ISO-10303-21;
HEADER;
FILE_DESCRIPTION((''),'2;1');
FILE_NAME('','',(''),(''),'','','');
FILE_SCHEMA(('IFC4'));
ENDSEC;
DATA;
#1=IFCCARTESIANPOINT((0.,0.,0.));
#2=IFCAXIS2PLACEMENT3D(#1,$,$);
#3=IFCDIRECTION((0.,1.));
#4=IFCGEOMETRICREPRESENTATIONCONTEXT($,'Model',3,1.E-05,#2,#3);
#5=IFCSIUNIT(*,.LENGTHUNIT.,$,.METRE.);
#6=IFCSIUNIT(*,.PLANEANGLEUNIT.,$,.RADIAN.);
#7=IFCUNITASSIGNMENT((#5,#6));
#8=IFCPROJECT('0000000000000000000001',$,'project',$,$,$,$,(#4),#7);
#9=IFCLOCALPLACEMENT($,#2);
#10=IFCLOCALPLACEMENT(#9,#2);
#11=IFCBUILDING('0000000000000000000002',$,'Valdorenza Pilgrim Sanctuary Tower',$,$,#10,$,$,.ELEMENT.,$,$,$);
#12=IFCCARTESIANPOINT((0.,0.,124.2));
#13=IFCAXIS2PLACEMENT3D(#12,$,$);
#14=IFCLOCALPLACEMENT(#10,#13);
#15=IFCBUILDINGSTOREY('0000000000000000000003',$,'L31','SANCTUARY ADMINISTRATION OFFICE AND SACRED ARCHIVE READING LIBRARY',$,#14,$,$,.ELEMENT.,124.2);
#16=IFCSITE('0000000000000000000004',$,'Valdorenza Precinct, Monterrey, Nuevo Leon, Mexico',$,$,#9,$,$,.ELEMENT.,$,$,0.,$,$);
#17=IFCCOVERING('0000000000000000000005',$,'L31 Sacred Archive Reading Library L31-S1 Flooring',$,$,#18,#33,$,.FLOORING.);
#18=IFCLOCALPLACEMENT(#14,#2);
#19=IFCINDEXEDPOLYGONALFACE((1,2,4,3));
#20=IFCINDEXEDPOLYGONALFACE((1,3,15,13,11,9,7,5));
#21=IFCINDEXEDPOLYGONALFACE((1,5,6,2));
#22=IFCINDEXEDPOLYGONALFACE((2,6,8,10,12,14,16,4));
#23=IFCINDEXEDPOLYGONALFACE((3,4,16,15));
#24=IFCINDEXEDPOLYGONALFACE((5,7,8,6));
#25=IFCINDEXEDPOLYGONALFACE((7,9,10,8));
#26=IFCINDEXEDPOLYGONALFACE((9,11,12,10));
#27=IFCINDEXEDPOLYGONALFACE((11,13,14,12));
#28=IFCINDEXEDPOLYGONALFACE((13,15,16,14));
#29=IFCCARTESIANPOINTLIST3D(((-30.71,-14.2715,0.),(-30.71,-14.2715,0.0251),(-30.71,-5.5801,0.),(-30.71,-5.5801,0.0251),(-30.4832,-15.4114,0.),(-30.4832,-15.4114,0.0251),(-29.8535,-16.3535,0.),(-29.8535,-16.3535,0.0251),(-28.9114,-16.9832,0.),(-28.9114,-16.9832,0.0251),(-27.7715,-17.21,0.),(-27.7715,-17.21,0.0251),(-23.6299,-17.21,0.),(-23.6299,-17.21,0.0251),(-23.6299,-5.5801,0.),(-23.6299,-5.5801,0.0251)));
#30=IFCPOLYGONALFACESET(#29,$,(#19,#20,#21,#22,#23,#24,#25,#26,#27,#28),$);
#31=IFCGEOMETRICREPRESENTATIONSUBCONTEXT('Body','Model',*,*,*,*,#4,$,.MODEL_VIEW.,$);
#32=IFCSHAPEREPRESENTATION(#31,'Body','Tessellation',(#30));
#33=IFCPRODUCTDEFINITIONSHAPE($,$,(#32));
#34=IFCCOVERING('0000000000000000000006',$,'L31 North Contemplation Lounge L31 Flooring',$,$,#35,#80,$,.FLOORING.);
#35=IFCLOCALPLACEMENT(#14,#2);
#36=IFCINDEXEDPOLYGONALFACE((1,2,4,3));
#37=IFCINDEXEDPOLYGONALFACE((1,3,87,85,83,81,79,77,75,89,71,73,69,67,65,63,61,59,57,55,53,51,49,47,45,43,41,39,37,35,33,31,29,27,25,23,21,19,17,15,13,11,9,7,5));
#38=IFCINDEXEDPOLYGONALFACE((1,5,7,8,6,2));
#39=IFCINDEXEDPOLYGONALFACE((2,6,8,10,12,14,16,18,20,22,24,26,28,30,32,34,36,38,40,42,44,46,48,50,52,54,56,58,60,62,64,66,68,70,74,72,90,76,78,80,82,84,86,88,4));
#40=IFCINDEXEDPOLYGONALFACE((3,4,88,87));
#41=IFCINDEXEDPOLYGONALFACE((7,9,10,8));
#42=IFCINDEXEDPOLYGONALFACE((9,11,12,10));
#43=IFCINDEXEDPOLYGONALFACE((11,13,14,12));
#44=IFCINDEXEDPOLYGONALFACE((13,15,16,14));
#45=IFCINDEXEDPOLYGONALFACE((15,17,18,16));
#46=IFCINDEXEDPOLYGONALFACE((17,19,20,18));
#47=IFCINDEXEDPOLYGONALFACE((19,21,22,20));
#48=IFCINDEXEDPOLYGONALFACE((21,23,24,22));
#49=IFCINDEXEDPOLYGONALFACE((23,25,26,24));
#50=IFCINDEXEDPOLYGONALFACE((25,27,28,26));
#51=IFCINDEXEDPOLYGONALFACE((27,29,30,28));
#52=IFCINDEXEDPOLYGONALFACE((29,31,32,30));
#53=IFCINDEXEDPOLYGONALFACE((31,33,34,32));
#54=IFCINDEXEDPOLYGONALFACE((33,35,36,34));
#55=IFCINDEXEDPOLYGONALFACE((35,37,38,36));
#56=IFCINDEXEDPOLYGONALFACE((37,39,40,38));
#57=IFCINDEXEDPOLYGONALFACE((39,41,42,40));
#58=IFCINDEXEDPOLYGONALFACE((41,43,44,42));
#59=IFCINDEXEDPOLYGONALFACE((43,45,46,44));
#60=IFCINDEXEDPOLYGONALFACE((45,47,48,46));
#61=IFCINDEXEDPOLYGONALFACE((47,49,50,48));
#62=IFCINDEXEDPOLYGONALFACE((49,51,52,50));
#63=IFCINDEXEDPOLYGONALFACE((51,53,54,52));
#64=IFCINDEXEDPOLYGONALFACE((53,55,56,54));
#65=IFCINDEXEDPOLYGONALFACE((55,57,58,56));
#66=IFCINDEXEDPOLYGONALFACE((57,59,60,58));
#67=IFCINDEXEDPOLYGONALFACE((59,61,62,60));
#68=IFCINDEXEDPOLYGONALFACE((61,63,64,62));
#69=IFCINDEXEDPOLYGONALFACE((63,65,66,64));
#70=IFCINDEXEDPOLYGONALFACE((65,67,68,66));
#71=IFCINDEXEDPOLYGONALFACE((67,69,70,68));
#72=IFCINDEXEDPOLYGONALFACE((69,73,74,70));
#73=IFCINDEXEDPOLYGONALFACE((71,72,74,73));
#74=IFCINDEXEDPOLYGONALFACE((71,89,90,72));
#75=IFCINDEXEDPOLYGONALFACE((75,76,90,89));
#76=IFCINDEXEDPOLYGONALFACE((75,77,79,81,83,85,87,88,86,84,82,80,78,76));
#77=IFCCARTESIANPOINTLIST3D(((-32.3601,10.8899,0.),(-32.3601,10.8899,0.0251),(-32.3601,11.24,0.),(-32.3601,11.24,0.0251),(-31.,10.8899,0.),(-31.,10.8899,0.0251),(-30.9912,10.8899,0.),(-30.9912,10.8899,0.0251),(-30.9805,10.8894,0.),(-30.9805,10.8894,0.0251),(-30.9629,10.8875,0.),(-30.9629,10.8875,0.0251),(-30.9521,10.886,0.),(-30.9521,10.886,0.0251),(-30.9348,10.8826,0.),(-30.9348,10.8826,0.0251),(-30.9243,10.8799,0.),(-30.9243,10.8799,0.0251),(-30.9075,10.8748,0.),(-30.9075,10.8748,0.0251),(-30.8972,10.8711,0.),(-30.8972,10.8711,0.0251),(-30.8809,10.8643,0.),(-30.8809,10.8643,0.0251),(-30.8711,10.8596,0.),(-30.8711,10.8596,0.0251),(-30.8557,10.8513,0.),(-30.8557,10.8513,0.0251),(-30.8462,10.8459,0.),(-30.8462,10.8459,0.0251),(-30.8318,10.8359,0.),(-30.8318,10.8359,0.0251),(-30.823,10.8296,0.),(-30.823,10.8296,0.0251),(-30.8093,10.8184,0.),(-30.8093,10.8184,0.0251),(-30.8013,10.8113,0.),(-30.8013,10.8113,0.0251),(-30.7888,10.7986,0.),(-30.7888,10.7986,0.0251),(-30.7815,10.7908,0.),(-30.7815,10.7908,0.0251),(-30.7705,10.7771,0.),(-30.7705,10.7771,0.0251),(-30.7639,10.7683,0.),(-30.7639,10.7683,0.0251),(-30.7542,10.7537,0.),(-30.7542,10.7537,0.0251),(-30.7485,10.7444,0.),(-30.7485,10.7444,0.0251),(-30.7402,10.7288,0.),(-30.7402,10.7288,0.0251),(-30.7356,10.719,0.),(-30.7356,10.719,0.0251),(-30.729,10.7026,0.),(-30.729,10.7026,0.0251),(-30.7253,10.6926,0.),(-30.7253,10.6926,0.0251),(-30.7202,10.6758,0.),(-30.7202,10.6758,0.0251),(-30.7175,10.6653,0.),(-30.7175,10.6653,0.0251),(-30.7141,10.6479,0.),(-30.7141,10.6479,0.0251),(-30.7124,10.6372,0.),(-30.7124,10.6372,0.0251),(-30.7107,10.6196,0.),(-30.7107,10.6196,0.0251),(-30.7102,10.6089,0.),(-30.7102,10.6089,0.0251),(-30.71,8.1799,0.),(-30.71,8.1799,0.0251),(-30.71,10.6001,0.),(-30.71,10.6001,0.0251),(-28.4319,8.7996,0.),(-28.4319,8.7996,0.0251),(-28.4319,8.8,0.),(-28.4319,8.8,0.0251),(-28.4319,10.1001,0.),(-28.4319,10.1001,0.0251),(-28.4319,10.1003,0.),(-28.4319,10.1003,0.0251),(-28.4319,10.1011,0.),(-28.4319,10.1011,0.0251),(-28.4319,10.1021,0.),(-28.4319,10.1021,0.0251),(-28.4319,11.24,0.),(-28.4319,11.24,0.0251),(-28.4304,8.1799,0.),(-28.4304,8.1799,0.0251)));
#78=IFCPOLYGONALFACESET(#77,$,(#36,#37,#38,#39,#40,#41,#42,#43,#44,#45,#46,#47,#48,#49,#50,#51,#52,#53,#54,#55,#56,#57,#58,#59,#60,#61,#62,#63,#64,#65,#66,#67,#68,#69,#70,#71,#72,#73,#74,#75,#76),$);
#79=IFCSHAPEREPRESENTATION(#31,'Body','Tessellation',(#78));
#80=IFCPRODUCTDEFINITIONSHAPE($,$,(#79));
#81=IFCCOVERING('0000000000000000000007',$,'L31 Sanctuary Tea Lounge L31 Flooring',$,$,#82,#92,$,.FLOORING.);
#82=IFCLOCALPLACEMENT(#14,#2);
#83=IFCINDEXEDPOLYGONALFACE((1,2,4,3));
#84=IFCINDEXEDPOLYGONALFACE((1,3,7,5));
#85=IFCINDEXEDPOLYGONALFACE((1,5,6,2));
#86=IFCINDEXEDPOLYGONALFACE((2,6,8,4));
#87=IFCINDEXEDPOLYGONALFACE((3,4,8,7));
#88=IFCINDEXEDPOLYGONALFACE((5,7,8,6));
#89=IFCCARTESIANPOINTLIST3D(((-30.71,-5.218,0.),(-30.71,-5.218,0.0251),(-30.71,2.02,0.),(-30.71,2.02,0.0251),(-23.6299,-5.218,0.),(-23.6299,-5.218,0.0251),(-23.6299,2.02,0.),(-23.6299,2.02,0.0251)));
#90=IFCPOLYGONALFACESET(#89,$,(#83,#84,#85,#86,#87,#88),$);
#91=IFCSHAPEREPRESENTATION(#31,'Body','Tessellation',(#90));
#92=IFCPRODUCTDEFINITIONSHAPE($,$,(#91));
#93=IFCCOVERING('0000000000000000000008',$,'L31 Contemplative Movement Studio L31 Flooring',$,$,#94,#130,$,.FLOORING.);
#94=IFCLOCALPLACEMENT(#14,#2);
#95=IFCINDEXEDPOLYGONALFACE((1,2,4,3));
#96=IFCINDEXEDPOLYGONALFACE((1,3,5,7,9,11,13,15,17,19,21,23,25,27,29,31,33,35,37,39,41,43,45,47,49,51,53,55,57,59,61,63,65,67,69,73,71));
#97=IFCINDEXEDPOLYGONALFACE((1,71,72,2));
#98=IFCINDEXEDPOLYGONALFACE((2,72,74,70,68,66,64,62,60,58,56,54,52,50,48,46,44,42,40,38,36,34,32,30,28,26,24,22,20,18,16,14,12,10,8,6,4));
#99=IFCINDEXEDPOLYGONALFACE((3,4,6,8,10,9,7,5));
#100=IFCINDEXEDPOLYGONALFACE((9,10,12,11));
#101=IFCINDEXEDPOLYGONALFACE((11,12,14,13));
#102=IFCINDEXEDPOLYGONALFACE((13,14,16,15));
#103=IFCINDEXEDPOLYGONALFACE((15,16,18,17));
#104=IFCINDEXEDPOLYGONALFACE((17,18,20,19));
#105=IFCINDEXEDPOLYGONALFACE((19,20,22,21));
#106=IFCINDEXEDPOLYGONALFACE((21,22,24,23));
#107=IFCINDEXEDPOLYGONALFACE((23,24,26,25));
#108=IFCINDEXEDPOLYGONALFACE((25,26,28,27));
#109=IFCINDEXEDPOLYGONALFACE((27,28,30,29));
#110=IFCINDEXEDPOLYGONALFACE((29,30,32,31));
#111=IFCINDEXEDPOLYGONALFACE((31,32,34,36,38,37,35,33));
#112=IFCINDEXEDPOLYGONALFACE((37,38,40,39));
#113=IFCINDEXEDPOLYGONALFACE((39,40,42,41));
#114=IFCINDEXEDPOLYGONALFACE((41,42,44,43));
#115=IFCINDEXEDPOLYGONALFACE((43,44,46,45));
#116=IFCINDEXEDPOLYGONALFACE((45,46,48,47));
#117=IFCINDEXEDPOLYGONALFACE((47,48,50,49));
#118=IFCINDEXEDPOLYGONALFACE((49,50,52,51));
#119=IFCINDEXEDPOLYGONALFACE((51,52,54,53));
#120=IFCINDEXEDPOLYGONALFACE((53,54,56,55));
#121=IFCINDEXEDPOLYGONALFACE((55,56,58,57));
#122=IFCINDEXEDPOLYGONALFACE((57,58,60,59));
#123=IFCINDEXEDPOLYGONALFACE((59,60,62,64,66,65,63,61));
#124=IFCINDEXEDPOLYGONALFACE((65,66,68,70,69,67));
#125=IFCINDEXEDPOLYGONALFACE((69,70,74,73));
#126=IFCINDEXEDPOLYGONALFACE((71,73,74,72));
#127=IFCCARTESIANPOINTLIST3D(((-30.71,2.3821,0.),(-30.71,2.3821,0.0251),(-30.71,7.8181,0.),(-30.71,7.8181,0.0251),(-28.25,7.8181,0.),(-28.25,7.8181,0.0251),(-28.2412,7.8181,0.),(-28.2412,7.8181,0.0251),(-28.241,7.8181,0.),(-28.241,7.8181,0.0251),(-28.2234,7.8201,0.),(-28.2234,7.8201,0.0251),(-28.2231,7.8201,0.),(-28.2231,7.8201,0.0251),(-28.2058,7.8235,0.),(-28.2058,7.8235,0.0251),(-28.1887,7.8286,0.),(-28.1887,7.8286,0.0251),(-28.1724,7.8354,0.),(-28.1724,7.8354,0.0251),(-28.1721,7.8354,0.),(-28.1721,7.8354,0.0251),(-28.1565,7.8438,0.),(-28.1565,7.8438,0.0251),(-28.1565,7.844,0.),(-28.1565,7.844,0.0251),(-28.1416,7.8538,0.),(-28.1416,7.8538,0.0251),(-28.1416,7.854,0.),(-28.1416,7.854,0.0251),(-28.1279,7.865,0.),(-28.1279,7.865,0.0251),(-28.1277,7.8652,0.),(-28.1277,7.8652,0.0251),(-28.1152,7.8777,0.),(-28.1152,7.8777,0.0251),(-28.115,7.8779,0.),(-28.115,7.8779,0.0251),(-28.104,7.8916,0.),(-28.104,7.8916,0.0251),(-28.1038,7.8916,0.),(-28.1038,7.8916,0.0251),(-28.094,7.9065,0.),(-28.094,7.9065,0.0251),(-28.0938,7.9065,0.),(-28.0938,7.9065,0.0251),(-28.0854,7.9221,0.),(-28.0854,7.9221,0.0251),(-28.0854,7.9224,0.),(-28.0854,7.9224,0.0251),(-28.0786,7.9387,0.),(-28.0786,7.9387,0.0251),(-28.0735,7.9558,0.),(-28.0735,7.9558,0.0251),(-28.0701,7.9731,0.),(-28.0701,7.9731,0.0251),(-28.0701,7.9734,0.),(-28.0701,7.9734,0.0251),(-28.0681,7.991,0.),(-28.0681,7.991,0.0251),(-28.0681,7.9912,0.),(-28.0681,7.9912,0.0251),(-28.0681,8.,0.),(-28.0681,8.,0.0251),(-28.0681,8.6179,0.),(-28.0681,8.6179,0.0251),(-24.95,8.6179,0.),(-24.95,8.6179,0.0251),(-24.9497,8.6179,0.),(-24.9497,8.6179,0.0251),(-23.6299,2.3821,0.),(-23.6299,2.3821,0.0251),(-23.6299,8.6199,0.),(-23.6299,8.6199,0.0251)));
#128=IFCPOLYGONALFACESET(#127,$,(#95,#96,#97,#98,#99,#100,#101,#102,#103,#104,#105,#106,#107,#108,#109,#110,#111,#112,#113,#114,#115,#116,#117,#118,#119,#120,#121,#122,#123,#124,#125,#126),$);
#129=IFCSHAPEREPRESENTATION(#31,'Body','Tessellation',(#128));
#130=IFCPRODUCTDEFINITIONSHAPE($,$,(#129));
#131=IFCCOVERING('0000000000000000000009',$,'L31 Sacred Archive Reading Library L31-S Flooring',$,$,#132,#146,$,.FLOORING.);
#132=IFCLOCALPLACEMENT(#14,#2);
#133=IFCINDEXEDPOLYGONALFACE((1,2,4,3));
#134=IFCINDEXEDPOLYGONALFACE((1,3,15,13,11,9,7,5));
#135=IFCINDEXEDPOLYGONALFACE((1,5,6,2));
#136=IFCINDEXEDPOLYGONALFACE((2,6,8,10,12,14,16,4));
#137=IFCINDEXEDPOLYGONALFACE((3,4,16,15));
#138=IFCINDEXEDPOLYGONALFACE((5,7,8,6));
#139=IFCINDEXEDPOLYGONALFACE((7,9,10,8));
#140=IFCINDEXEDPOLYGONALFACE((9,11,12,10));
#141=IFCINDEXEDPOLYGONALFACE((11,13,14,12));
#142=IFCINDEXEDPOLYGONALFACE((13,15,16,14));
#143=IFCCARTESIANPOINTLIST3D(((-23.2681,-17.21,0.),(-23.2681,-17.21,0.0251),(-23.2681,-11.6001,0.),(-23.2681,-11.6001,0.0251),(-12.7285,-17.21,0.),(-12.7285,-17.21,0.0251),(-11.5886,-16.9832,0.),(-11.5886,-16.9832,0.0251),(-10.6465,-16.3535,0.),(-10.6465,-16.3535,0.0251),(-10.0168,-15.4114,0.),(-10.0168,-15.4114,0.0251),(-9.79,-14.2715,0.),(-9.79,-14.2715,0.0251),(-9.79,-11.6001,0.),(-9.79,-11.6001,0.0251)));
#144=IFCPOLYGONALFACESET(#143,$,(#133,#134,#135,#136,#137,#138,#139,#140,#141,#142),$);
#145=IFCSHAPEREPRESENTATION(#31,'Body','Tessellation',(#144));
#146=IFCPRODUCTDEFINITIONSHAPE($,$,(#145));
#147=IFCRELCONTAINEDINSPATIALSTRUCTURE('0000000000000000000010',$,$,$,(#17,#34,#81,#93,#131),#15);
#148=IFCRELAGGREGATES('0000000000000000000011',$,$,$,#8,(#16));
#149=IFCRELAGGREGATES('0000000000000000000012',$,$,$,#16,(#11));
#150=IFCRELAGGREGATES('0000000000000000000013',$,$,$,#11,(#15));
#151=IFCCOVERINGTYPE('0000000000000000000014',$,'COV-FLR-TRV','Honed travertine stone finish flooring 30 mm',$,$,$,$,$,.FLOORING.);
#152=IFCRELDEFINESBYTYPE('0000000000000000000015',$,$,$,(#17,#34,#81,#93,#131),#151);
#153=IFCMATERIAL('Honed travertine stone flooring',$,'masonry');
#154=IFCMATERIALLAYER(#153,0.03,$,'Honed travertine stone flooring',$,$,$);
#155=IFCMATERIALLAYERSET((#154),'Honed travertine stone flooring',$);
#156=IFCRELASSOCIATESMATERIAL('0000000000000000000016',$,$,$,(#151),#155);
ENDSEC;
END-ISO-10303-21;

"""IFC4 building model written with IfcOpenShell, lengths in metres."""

from ifc_helpers import new_model, si_unit, direction, frame, origin, place, context, subcontext, project, spatial, polyline, outline, extrude, material, layer, layer_set, type_object, element, save


model = new_model("IFC4")

# Units and contexts
model_context = context("Model", 3, precision=1e-05, world=origin(), true_north=direction((0.0, 1.0)))
body_context = subcontext(model_context, "Body", "Model", "MODEL_VIEW")
ifc_project = project(units=[si_unit("LENGTHUNIT", "METRE"), si_unit("PLANEANGLEUNIT", "RADIAN")], contexts=[model_context])

# Site, building, storey
site_placement = place(None, origin())
site = spatial("IfcSite", under=ifc_project, at=site_placement, Name="Valdorenza Precinct, Monterrey, Nuevo Leon, Mexico", CompositionType="ELEMENT", RefElevation=0.0)
building_placement = place(site_placement, origin())
building = spatial("IfcBuilding", under=site, at=building_placement, Name="Valdorenza Pilgrim Sanctuary Tower", CompositionType="ELEMENT")
storey_placement = place(building_placement, frame((0.0, 0.0, 124.2)))
storey = spatial("IfcBuildingStorey", under=building, at=storey_placement, Name="L31", Description="SANCTUARY ADMINISTRATION OFFICE AND SACRED ARCHIVE READING LIBRARY", CompositionType="ELEMENT", Elevation=124.2)

# Coverings
ifc_material_1 = material(Name="Honed travertine stone flooring", Category="masonry")
ifc_layer_1 = layer(ifc_material_1, 0.03, Name="Honed travertine stone flooring")
ifc_layer_set_1 = layer_set([ifc_layer_1], Name="Honed travertine stone flooring")
covering_type_1 = type_object("IfcCoveringType", Name="COV-FLR-TRV", Description="Honed travertine stone finish flooring 30 mm", PredefinedType="FLOORING", material=ifc_layer_set_1)
covering_1_placement = place(storey_placement, origin())
element("IfcCovering", 1, at=covering_1_placement, inside=storey, type_object=covering_type_1, Name="L31 Sacred Archive Reading Library L31-S1 Flooring", PredefinedType="FLOORING", context=body_context, shape_type="SweptSolid", body=[
    extrude(outline(polyline([(-23.6299, -17.21), (-27.7715, -17.21), (-28.9114, -16.9832), (-29.8535, -16.3535), (-30.4832, -15.4114), (-30.71, -14.2715), (-30.71, -5.5801), (-23.6299, -5.5801), (-23.6299, -17.21)])), origin(), (0.0, 0.0, 1.0), 0.0251),
])
covering_2_placement = place(storey_placement, origin())
element("IfcCovering", 2, at=covering_2_placement, inside=storey, type_object=covering_type_1, Name="L31 North Contemplation Lounge L31 Flooring", PredefinedType="FLOORING", context=body_context, shape_type="SweptSolid", body=[
    extrude(outline(polyline([(-28.4319, 11.24), (-28.4319, 10.1021), (-28.4319, 10.1011), (-28.4319, 10.1003), (-28.4319, 10.1001), (-28.4319, 8.8), (-28.4319, 8.7996), (-28.4304, 8.1799), (-30.71, 8.1799), (-30.71, 10.6001), (-30.7102, 10.6089), (-30.7107, 10.6196), (-30.7124, 10.6372), (-30.7141, 10.6479), (-30.7175, 10.6653), (-30.7202, 10.6758), (-30.7253, 10.6926), (-30.729, 10.7026), (-30.7356, 10.719), (-30.7402, 10.7288), (-30.7485, 10.7444), (-30.7542, 10.7537), (-30.7639, 10.7683), (-30.7705, 10.7771), (-30.7815, 10.7908), (-30.7888, 10.7986), (-30.8013, 10.8113), (-30.8093, 10.8184), (-30.823, 10.8296), (-30.8318, 10.8359), (-30.8462, 10.8459), (-30.8557, 10.8513), (-30.8711, 10.8596), (-30.8809, 10.8643), (-30.8972, 10.8711), (-30.9075, 10.8748), (-30.9243, 10.8799), (-30.9348, 10.8826), (-30.9521, 10.886), (-30.9629, 10.8875), (-30.9805, 10.8894), (-30.9912, 10.8899), (-31.0, 10.8899), (-32.3601, 10.8899), (-32.3601, 11.24), (-28.4319, 11.24)])), origin(), (0.0, 0.0, 1.0), 0.0251),
])
covering_3_placement = place(storey_placement, origin())
element("IfcCovering", 3, at=covering_3_placement, inside=storey, type_object=covering_type_1, Name="L31 Sanctuary Tea Lounge L31 Flooring", PredefinedType="FLOORING", context=body_context, shape_type="SweptSolid", body=[
    extrude(outline(polyline([(-23.6299, -5.218), (-30.71, -5.218), (-30.71, 2.02), (-23.6299, 2.02), (-23.6299, -5.218)])), origin(), (0.0, 0.0, 1.0), 0.0251),
])
covering_4_placement = place(storey_placement, origin())
element("IfcCovering", 4, at=covering_4_placement, inside=storey, type_object=covering_type_1, Name="L31 Contemplative Movement Studio L31 Flooring", PredefinedType="FLOORING", context=body_context, shape_type="SweptSolid", body=[
    extrude(outline(polyline([(-23.6299, 8.6199), (-23.6299, 2.3821), (-30.71, 2.3821), (-30.71, 7.8181), (-28.25, 7.8181), (-28.2412, 7.8181), (-28.241, 7.8181), (-28.2234, 7.8201), (-28.2231, 7.8201), (-28.2058, 7.8235), (-28.2058, 7.8235), (-28.1887, 7.8286), (-28.1887, 7.8286), (-28.1724, 7.8354), (-28.1721, 7.8354), (-28.1565, 7.8438), (-28.1565, 7.844), (-28.1416, 7.8538), (-28.1416, 7.854), (-28.1279, 7.865), (-28.1277, 7.8652), (-28.1152, 7.8777), (-28.115, 7.8779), (-28.104, 7.8916), (-28.1038, 7.8916), (-28.094, 7.9065), (-28.0938, 7.9065), (-28.0854, 7.9221), (-28.0854, 7.9224), (-28.0786, 7.9387), (-28.0786, 7.9387), (-28.0735, 7.9558), (-28.0735, 7.9558), (-28.0701, 7.9731), (-28.0701, 7.9734), (-28.0681, 7.991), (-28.0681, 7.9912), (-28.0681, 8.0), (-28.0681, 8.6179), (-24.95, 8.6179), (-24.9497, 8.6179), (-23.6299, 8.6199)])), origin(), (0.0, 0.0, 1.0), 0.0251),
])
covering_5_placement = place(storey_placement, origin())
element("IfcCovering", 5, at=covering_5_placement, inside=storey, type_object=covering_type_1, Name="L31 Sacred Archive Reading Library L31-S Flooring", PredefinedType="FLOORING", context=body_context, shape_type="SweptSolid", body=[
    extrude(outline(polyline([(-9.79, -11.6001), (-9.79, -14.2715), (-10.0168, -15.4114), (-10.6465, -16.3535), (-11.5886, -16.9832), (-12.7285, -17.21), (-23.2681, -17.21), (-23.2681, -11.6001), (-9.79, -11.6001)])), origin(), (0.0, 0.0, 1.0), 0.0251),
])

save(model, "model.ifc")
